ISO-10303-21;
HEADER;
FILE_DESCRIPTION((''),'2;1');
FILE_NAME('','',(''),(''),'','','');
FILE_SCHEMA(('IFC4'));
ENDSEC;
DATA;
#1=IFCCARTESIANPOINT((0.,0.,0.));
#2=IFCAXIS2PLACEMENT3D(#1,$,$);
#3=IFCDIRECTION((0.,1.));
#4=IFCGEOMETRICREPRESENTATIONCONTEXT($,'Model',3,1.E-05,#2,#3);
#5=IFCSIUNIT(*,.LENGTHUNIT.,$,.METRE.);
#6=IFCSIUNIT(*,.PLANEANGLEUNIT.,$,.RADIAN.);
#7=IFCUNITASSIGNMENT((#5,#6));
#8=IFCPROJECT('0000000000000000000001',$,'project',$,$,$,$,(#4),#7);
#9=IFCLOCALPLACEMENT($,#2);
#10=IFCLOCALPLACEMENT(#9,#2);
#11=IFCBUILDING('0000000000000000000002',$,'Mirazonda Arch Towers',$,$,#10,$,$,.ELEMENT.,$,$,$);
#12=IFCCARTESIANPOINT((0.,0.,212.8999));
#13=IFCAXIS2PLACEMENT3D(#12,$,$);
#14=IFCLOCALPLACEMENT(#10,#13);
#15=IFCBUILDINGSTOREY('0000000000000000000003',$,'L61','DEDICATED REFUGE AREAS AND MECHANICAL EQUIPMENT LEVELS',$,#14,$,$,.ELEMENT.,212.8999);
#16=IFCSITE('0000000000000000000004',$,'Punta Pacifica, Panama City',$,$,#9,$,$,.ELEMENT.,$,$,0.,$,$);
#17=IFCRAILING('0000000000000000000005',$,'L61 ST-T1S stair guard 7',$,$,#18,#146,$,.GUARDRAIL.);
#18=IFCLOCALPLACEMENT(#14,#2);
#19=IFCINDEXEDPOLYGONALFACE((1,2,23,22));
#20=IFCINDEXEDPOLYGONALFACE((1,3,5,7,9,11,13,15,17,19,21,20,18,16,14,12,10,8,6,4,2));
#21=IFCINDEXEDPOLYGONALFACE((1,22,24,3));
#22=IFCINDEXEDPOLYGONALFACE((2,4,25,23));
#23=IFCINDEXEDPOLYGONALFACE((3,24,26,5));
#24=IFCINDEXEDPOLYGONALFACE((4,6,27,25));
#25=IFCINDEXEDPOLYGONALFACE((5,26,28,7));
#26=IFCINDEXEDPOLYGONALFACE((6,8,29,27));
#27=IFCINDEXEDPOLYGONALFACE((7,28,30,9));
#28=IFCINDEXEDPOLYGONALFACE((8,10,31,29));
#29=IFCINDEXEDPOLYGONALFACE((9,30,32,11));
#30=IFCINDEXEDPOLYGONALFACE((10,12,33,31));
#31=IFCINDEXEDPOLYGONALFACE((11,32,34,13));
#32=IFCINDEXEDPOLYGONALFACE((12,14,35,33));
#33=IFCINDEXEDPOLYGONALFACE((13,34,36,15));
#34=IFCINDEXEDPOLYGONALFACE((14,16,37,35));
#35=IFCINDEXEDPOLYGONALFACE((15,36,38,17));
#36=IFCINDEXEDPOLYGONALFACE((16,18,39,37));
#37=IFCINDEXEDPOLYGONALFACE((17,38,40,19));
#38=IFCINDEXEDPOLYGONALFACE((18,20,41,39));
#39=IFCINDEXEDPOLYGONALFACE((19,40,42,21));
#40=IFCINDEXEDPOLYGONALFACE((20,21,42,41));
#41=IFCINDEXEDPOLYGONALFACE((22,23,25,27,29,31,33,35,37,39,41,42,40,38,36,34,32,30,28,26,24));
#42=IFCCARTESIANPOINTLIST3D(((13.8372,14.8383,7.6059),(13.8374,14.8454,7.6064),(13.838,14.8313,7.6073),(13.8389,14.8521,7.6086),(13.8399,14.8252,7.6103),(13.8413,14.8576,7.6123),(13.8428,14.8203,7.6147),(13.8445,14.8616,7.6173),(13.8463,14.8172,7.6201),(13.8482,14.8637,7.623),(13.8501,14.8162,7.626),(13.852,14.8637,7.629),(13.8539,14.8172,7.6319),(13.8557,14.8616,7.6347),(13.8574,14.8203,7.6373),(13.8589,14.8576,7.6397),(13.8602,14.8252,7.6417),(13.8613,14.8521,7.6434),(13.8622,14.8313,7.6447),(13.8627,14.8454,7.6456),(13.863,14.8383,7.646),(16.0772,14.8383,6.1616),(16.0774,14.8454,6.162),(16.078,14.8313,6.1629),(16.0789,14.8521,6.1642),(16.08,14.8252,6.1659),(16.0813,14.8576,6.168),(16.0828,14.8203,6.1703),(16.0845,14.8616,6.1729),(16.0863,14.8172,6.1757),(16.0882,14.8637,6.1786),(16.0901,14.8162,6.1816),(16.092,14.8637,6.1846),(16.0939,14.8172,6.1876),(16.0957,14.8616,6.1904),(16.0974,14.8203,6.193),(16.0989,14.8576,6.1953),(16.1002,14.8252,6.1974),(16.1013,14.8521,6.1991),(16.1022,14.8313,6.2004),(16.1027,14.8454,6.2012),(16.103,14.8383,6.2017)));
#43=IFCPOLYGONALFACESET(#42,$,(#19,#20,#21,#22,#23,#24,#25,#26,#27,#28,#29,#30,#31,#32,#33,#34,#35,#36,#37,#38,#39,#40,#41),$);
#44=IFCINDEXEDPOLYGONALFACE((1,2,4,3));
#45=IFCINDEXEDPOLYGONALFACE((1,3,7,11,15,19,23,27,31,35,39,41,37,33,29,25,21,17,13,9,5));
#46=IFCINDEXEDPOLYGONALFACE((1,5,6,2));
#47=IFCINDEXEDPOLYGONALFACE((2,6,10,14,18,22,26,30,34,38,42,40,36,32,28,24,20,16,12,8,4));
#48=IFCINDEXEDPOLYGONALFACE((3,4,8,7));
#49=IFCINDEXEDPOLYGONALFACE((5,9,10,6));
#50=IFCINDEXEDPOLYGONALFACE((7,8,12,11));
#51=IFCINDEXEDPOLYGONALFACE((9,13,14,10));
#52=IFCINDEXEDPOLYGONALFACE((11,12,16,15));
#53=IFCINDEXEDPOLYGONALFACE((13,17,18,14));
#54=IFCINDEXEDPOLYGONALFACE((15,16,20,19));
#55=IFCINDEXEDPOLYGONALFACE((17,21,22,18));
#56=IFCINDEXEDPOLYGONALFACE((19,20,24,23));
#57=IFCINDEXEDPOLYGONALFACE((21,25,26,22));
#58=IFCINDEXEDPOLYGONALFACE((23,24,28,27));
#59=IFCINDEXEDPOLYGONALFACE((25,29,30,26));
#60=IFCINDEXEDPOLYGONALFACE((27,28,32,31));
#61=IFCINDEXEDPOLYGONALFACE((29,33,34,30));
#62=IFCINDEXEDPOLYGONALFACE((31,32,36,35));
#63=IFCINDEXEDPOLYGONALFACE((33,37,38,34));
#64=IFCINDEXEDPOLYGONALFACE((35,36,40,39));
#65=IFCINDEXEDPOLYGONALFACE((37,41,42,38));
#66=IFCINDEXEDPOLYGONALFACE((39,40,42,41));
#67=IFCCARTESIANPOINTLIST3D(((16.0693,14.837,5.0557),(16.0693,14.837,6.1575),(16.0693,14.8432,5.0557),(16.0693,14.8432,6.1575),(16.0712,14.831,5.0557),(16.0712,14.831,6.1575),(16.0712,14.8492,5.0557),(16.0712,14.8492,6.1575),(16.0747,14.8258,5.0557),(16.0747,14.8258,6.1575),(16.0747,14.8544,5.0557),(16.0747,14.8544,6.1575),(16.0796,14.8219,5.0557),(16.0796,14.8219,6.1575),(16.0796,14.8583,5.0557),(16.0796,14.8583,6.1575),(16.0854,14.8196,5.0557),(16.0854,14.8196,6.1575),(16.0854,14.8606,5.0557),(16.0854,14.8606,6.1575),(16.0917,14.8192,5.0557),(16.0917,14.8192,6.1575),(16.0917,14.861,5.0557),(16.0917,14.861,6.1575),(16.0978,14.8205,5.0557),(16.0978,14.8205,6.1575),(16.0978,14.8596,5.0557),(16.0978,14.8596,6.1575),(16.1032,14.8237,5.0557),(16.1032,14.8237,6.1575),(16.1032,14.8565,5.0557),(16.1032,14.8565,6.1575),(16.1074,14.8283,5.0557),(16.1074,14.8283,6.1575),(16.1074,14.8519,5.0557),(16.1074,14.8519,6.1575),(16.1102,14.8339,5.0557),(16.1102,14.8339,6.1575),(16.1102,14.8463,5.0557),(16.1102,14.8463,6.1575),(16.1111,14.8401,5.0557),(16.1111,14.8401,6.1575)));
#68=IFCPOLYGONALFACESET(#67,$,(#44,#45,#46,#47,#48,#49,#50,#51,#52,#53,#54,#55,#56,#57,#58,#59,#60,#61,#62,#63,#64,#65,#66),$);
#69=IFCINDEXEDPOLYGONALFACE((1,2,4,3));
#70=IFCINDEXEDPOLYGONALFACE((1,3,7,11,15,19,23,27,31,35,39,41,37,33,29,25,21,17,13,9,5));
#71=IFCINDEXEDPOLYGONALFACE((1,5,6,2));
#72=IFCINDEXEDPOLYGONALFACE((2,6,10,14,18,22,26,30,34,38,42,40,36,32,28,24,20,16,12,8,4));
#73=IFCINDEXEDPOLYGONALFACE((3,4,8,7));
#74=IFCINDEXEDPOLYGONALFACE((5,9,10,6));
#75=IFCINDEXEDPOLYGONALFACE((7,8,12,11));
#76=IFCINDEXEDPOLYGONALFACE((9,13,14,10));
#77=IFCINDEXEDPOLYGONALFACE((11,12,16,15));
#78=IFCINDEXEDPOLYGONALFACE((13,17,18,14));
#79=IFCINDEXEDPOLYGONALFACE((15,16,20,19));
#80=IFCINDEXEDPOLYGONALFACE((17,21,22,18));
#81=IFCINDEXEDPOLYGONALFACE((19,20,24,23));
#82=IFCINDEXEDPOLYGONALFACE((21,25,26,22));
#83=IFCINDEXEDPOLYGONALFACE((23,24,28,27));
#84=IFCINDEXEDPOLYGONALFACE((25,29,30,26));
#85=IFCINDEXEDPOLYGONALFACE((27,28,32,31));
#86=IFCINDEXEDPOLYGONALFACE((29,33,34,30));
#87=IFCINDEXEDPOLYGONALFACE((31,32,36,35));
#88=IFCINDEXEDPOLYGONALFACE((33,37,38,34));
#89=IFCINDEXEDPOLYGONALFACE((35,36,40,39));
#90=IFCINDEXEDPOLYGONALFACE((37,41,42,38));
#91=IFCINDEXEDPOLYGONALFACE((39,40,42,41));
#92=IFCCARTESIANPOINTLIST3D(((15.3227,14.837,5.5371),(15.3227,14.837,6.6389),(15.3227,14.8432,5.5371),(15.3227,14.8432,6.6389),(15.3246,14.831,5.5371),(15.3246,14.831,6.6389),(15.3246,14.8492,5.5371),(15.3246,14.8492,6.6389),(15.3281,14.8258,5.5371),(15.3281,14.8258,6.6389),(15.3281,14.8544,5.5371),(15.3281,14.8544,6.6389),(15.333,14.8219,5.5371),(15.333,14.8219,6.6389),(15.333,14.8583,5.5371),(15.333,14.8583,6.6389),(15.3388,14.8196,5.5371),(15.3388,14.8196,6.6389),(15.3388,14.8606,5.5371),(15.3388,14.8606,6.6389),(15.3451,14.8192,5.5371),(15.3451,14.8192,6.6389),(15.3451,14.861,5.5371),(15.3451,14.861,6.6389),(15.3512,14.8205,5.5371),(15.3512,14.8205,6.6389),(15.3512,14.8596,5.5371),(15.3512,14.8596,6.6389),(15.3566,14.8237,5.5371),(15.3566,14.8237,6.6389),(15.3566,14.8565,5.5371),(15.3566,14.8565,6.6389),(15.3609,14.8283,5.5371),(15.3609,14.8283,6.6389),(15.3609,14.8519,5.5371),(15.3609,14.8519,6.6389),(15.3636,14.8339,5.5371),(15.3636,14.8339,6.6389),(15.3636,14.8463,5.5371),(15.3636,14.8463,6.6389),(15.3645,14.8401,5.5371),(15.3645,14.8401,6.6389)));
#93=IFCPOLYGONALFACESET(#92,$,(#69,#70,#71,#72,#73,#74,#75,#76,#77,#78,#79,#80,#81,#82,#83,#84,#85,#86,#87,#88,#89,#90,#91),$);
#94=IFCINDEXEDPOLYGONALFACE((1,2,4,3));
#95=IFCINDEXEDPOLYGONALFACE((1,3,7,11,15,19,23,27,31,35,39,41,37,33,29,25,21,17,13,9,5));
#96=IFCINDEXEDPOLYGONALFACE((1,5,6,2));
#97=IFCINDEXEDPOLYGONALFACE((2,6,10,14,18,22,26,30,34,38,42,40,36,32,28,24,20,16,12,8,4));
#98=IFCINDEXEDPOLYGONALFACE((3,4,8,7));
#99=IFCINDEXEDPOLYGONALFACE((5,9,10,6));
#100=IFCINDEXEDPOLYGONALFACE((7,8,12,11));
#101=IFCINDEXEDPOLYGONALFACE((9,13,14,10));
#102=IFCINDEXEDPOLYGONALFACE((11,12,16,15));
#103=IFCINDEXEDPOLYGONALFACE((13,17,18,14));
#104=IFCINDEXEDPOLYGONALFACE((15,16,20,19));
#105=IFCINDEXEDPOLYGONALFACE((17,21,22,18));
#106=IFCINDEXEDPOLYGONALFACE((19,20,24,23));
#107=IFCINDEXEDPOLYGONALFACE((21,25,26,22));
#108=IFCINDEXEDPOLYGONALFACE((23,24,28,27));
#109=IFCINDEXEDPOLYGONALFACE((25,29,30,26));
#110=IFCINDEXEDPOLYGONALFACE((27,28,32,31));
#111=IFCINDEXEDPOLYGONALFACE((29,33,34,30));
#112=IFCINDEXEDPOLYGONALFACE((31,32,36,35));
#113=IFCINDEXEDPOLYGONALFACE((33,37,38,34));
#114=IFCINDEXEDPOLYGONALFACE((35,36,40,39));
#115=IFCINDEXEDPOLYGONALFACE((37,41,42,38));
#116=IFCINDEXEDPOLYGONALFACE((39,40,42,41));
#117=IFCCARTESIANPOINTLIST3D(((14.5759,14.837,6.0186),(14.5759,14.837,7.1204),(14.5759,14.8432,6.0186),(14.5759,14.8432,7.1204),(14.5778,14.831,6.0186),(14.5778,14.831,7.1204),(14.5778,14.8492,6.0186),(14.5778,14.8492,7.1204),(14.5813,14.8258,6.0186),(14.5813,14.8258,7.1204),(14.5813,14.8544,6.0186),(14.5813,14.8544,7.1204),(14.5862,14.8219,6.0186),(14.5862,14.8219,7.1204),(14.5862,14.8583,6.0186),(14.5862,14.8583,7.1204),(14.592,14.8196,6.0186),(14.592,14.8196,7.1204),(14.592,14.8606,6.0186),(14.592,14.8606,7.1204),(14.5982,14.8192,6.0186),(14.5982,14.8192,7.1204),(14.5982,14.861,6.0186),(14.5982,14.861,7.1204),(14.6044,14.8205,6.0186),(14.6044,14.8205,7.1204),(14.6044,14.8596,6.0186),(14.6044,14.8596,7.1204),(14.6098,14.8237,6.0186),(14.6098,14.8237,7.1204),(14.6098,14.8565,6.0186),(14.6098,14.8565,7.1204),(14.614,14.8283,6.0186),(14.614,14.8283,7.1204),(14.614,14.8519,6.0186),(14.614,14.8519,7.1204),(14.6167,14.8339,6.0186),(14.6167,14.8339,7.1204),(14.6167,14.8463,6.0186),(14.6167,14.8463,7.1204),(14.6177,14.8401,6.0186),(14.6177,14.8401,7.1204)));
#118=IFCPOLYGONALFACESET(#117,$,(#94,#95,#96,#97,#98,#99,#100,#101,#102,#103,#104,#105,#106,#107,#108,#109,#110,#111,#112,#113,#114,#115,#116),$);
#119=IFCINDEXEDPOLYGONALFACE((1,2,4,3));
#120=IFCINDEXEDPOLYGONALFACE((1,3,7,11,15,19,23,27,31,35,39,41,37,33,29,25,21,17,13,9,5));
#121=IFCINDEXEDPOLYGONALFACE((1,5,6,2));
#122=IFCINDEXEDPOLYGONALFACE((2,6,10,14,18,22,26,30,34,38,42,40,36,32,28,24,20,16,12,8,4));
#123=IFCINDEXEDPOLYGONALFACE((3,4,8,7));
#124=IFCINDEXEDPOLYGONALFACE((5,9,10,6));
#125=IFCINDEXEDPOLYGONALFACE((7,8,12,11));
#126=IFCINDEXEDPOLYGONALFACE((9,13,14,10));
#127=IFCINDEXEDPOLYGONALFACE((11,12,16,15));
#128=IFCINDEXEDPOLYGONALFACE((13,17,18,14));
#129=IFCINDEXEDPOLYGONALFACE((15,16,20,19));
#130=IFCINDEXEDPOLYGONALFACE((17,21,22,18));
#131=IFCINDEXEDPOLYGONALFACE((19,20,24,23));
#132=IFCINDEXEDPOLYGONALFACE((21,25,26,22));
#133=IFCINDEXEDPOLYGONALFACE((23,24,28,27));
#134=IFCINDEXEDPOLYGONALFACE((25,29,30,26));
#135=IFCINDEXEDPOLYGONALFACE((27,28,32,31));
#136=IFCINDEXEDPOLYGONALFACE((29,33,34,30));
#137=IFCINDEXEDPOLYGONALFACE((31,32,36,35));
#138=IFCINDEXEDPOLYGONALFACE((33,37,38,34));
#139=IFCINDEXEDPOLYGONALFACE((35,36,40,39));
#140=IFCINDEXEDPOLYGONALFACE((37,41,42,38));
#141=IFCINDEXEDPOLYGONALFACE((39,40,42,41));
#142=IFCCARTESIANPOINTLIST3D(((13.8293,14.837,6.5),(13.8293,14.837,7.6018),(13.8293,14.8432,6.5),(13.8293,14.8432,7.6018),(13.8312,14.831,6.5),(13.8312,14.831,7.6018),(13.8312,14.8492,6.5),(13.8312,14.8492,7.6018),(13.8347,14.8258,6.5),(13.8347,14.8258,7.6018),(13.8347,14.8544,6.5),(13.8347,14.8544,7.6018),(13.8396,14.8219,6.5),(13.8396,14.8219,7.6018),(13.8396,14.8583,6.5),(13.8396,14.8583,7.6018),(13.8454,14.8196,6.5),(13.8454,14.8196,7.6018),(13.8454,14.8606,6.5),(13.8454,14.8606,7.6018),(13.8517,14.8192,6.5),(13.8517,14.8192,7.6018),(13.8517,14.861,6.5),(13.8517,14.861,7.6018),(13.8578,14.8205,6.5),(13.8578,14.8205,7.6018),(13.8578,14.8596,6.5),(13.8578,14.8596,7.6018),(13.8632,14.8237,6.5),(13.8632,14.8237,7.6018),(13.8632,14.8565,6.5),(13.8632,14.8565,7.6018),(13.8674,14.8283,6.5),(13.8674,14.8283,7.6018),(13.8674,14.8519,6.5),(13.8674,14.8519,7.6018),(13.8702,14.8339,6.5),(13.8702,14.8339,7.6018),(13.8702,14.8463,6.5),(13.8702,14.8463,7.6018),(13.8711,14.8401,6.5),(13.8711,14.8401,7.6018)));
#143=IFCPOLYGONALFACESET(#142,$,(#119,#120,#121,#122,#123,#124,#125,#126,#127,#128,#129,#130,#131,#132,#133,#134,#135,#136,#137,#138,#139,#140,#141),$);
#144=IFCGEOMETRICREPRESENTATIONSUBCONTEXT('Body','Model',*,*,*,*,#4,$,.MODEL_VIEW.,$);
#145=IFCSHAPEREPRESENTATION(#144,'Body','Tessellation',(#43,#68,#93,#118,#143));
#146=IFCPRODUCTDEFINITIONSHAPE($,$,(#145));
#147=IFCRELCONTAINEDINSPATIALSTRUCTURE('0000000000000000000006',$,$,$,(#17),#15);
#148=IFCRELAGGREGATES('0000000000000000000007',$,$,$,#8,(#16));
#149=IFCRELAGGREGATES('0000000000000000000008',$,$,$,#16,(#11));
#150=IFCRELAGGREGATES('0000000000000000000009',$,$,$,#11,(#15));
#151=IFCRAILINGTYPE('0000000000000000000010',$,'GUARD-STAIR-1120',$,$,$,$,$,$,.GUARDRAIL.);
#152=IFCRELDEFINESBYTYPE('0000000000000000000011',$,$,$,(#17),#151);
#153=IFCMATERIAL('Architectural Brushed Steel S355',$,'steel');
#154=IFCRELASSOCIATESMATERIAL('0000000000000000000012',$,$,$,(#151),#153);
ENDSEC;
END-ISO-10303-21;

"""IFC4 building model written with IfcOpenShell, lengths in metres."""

from ifc_helpers import new_model, si_unit, direction, frame, origin, origin_2d, place, context, subcontext, project, spatial, circle, extrude, material, type_object, element, save


model = new_model("IFC4")

# Units and contexts
model_context = context("Model", 3, precision=1e-05, world=origin(), true_north=direction((0.0, 1.0)))
body_context = subcontext(model_context, "Body", "Model", "MODEL_VIEW")
ifc_project = project(units=[si_unit("LENGTHUNIT", "METRE"), si_unit("PLANEANGLEUNIT", "RADIAN")], contexts=[model_context])

# Site, building, storey
site_placement = place(None, origin())
site = spatial("IfcSite", under=ifc_project, at=site_placement, Name="Punta Pacifica, Panama City", CompositionType="ELEMENT", RefElevation=0.0)
building_placement = place(site_placement, origin())
building = spatial("IfcBuilding", under=site, at=building_placement, Name="Mirazonda Arch Towers", CompositionType="ELEMENT")
storey_placement = place(building_placement, frame((0.0, 0.0, 212.8999)))
storey = spatial("IfcBuildingStorey", under=building, at=storey_placement, Name="L61", Description="DEDICATED REFUGE AREAS AND MECHANICAL EQUIPMENT LEVELS", CompositionType="ELEMENT", Elevation=212.8999)

# Shared definitions
ifc_material_1 = material(Name="Architectural Brushed Steel S355", Category="steel")

# Railing
railing_type_1 = type_object("IfcRailingType", Name="GUARD-STAIR-1120", PredefinedType="GUARDRAIL", material=ifc_material_1)
railing_1_placement = place(storey_placement, frame((16.0901, 14.8401, 5.0557)))
element("IfcRailing", 1, at=railing_1_placement, inside=storey, type_object=railing_type_1, Name="L61 ST-T1S stair guard 7", PredefinedType="GUARDRAIL", context=body_context, shape_type="SweptSolid", body=[
    extrude(circle(Radius=0.0239, at=origin_2d()), frame((0.0, 0.0, 1.126), z_axis=(-0.840437, 0.0, 0.54191), x_axis=(0.0, -1.0, 0.0)), (0.0, 0.0, 1.0), 2.6653),
    extrude(circle(Radius=0.021, at=origin_2d()), origin(), (0.0, 0.0, 1.0), 1.1018),
    extrude(circle(Radius=0.021, at=origin_2d()), frame((-0.7466, 0.0, 0.4814)), (0.0, 0.0, 1.0), 1.1018),
    extrude(circle(Radius=0.021, at=origin_2d()), frame((-1.4934, 0.0, 0.9629)), (0.0, 0.0, 1.0), 1.1018),
    extrude(circle(Radius=0.021, at=origin_2d()), frame((-2.24, 0.0, 1.4443)), (0.0, 0.0, 1.0), 1.1018),
])

save(model, "model.ifc")
